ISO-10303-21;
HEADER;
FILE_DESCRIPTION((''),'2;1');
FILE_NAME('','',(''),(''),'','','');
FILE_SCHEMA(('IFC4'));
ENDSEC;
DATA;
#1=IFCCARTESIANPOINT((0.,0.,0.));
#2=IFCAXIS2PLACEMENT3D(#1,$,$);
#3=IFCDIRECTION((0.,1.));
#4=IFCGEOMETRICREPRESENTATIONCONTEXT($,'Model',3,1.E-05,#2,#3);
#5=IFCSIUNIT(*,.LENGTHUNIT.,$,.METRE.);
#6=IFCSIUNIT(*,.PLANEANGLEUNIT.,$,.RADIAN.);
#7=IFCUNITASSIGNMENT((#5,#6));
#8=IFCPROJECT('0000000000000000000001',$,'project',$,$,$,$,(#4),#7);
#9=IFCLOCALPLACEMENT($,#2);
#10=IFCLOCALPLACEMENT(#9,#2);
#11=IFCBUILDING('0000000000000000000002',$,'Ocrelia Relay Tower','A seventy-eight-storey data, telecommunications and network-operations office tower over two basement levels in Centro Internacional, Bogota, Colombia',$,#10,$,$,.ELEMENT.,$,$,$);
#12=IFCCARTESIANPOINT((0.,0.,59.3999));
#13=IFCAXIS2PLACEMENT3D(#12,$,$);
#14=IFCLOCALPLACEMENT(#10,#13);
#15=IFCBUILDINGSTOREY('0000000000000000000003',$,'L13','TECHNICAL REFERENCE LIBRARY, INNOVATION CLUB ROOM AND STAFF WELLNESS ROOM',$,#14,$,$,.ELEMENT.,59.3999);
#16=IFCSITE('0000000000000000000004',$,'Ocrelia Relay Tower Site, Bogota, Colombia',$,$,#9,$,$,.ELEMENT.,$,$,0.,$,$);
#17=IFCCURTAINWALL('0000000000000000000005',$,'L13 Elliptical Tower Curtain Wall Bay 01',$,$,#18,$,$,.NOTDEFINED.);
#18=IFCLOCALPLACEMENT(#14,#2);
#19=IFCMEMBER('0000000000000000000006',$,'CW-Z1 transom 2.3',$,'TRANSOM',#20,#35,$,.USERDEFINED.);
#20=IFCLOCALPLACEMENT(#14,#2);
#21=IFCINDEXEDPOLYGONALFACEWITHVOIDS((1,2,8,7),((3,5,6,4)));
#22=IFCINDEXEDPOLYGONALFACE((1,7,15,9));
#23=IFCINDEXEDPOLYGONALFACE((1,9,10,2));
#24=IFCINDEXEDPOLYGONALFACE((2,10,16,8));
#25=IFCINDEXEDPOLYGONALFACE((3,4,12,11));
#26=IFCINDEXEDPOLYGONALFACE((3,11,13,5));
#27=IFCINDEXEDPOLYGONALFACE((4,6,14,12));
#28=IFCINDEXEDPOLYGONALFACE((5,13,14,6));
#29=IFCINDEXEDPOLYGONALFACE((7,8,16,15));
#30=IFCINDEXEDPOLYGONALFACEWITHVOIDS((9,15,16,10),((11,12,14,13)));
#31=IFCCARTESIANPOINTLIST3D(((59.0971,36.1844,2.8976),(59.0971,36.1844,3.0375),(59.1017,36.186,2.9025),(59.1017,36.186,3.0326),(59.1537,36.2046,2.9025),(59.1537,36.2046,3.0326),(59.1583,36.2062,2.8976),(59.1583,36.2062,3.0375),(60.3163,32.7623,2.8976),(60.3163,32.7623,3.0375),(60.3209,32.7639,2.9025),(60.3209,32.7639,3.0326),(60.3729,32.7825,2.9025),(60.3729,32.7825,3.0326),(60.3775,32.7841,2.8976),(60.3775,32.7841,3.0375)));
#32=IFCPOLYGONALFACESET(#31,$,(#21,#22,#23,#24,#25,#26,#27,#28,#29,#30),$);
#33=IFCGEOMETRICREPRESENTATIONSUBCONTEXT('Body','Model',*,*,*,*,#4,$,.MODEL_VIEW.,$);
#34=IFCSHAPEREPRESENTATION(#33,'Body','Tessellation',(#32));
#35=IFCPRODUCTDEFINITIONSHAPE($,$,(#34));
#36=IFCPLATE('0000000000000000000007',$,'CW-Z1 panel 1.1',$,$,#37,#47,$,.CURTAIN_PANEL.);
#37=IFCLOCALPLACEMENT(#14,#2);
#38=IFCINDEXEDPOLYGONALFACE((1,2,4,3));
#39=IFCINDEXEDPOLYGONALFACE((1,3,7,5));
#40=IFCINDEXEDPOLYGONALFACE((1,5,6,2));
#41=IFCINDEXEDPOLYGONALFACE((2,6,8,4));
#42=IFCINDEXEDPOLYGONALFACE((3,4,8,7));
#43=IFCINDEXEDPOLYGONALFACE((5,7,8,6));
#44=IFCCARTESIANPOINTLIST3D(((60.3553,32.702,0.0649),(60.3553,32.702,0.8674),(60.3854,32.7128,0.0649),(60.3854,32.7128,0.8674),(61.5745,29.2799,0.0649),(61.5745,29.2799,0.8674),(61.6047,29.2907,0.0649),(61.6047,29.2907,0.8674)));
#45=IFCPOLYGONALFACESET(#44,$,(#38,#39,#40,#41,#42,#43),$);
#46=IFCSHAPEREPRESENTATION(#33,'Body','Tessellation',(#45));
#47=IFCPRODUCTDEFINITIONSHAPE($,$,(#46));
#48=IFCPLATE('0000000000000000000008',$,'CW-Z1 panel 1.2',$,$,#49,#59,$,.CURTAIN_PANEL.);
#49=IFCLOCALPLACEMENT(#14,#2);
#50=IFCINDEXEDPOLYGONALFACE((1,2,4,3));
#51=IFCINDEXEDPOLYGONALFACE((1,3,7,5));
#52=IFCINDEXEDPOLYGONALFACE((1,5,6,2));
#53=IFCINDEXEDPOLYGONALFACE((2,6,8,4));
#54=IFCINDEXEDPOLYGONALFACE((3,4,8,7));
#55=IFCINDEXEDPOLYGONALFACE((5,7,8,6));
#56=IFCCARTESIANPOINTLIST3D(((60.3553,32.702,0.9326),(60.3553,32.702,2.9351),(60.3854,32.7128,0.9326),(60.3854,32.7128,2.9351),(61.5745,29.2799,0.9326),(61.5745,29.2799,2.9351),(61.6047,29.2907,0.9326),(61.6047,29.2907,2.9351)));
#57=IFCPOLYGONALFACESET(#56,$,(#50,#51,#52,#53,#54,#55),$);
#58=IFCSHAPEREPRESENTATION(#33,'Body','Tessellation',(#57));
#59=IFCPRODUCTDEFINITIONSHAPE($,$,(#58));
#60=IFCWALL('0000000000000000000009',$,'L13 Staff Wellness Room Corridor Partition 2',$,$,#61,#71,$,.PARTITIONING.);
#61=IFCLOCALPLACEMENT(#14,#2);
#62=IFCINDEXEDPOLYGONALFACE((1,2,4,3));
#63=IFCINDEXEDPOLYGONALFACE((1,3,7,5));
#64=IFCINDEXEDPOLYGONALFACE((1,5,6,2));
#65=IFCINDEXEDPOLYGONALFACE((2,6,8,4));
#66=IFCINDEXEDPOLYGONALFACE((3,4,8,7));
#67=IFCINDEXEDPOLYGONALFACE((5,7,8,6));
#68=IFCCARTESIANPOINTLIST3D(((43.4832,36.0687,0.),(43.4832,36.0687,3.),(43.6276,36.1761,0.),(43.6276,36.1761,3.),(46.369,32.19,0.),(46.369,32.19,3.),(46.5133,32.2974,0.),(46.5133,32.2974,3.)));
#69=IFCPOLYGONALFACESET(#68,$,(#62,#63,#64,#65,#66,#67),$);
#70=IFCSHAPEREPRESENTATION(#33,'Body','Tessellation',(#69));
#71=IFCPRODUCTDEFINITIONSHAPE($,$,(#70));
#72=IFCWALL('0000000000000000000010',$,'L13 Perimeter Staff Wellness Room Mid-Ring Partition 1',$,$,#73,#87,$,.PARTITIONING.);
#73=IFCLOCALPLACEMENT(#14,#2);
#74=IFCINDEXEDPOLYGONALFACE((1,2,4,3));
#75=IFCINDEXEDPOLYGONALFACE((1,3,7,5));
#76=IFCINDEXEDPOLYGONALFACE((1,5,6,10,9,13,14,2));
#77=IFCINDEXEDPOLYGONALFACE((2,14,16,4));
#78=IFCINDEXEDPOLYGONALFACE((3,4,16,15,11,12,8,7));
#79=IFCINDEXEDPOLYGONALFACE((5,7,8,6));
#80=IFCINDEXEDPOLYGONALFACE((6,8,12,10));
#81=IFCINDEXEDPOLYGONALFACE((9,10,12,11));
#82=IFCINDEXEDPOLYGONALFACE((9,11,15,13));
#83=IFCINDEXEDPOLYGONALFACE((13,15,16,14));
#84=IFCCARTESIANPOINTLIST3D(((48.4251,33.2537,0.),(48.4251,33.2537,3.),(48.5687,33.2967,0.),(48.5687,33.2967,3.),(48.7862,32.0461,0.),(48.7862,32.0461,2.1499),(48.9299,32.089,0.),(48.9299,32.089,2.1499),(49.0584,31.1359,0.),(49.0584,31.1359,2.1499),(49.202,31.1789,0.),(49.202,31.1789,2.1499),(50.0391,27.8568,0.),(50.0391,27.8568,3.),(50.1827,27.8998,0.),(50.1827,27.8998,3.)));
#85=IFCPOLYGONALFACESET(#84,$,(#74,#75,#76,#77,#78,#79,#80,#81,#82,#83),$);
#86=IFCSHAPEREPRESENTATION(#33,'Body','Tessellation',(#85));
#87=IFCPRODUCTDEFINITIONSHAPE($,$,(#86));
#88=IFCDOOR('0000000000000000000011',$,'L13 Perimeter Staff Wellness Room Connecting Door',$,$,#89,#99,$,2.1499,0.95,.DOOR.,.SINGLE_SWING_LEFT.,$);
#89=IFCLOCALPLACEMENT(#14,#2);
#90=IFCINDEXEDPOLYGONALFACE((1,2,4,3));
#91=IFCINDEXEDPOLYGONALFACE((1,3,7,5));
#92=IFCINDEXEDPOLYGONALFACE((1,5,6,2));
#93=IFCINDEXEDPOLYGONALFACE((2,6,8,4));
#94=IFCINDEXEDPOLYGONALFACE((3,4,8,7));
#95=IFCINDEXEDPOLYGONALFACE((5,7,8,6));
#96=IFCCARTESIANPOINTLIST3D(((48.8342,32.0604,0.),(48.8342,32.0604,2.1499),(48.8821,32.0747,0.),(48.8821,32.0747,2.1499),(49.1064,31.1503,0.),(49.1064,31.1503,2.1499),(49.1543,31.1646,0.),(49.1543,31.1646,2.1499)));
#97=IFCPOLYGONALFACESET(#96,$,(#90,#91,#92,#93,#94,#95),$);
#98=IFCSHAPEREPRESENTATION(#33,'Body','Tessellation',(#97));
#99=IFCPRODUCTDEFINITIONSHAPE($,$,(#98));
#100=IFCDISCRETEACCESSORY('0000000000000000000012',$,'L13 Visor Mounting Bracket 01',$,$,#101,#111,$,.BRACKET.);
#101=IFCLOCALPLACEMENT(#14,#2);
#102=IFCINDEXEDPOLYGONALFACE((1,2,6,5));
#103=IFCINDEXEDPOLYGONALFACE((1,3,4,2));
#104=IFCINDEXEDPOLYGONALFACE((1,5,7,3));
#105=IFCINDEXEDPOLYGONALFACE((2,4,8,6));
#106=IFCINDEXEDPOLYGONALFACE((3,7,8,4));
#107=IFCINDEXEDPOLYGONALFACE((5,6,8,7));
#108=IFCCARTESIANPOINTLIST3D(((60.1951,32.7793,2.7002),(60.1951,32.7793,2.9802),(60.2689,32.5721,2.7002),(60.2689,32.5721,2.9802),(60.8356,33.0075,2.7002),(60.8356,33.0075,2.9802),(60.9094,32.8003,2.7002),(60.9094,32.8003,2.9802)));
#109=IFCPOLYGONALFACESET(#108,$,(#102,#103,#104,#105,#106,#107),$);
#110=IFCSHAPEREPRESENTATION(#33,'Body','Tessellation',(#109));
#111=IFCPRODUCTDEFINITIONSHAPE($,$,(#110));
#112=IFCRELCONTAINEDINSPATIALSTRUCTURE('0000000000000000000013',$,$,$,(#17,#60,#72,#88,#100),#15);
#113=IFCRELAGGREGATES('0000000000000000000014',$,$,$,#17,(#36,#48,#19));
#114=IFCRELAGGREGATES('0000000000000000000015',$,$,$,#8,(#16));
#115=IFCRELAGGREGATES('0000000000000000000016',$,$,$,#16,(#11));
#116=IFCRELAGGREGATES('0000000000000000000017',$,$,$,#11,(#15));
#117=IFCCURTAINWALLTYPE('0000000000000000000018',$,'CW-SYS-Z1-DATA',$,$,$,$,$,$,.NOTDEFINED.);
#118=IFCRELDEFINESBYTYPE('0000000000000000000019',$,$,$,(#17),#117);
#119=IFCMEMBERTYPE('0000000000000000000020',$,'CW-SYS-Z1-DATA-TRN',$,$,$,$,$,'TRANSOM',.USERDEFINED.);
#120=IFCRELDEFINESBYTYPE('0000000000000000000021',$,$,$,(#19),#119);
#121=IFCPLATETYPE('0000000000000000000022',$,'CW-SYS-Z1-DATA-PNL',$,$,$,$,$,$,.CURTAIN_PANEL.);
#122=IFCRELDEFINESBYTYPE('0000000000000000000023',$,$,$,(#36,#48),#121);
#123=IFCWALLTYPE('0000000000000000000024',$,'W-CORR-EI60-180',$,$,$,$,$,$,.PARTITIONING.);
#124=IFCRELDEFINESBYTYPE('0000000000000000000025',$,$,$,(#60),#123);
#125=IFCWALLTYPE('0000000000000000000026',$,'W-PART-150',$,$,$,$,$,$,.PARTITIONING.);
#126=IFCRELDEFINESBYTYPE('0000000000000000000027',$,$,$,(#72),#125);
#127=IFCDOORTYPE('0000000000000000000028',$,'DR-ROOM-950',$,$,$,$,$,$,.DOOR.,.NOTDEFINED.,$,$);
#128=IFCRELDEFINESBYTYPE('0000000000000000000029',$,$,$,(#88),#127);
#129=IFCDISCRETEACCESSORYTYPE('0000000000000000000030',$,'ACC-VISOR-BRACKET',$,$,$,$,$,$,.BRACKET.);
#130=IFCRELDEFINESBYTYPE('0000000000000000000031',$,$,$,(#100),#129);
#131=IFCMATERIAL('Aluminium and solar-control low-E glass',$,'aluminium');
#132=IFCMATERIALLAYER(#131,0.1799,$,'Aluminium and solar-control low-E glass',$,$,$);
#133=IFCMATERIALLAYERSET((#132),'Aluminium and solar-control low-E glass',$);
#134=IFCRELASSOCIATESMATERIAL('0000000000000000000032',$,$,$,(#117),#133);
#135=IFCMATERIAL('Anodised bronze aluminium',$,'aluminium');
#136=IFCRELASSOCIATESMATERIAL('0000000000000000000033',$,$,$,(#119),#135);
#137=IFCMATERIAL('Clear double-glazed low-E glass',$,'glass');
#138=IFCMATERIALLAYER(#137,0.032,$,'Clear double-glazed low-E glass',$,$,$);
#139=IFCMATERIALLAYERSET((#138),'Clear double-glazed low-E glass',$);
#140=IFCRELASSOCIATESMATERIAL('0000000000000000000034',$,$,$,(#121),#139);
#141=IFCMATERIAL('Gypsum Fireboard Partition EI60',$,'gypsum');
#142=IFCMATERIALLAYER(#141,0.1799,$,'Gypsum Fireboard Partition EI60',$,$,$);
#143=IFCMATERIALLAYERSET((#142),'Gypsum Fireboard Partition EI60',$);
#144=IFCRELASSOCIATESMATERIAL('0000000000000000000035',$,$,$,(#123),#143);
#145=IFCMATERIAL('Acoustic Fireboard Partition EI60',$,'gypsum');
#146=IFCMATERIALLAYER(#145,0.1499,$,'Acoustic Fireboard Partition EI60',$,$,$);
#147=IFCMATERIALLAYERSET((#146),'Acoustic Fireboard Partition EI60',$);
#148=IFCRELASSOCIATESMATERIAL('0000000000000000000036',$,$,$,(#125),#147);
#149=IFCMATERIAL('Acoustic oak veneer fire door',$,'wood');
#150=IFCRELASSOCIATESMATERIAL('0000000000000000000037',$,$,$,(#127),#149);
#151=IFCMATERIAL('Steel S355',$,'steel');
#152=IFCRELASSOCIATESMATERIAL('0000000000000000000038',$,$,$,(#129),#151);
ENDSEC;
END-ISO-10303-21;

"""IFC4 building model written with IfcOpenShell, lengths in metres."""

from ifc_helpers import new_model, si_unit, direction, frame, frame_2d, origin, origin_2d, place, context, subcontext, project, spatial, rectangle, hollow_rectangle, extrude, material, layer, layer_set, material_profile, profile_set, type_object, element, fill, aggregate, save


model = new_model("IFC4")

# Units and contexts
model_context = context("Model", 3, precision=1e-05, world=origin(), true_north=direction((0.0, 1.0)))
body_context = subcontext(model_context, "Body", "Model", "MODEL_VIEW")
ifc_project = project(units=[si_unit("LENGTHUNIT", "METRE"), si_unit("PLANEANGLEUNIT", "RADIAN")], contexts=[model_context])

# Site, building, storey
site_placement = place(None, origin())
site = spatial("IfcSite", under=ifc_project, at=site_placement, Name="Ocrelia Relay Tower Site, Bogota, Colombia", CompositionType="ELEMENT", RefElevation=0.0)
building_placement = place(site_placement, origin())
building = spatial("IfcBuilding", under=site, at=building_placement, Name="Ocrelia Relay Tower", Description="A seventy-eight-storey data, telecommunications and network-operations office tower over two basement levels in Centro Internacional, Bogota, Colombia", CompositionType="ELEMENT")
storey_placement = place(building_placement, frame((0.0, 0.0, 59.3999)))
storey = spatial("IfcBuildingStorey", under=building, at=storey_placement, Name="L13", Description="TECHNICAL REFERENCE LIBRARY, INNOVATION CLUB ROOM AND STAFF WELLNESS ROOM", CompositionType="ELEMENT", Elevation=59.3999)

# Shared definitions
ifc_material_1 = material(Name="Steel S355", Category="steel")

# Curtain wall
ifc_material_2 = material(Name="Aluminium and solar-control low-E glass", Category="aluminium")
ifc_layer_1 = layer(ifc_material_2, 0.1799, Name="Aluminium and solar-control low-E glass")
ifc_layer_set_1 = layer_set([ifc_layer_1], Name="Aluminium and solar-control low-E glass")
curtain_wall_type = type_object("IfcCurtainWallType", Name="CW-SYS-Z1-DATA", PredefinedType="NOTDEFINED", material=ifc_layer_set_1)
curtain_wall_1_placement = place(storey_placement, origin())
curtain_wall_1 = element("IfcCurtainWall", 1, at=curtain_wall_1_placement, inside=storey, type_object=curtain_wall_type, Name="L13 Elliptical Tower Curtain Wall Bay 01", PredefinedType="NOTDEFINED")
ifc_material_3 = material(Name="Anodised bronze aluminium", Category="aluminium")

# Member
ifc_material_profile_1 = material_profile(ifc_material_3, hollow_rectangle(XDim=0.0649, YDim=0.1399, WallThickness=0.0049, at=origin_2d()), Name="CW-TRN-140x65")
ifc_profile_set_1 = profile_set([ifc_material_profile_1], Name="Anodised bronze aluminium")
member_type_1 = type_object("IfcMemberType", Name="CW-SYS-Z1-DATA-TRN", ElementType="TRANSOM", PredefinedType="USERDEFINED", material=ifc_profile_set_1)
member_1_placement = place(storey_placement, frame((60.3469, 32.7732, 2.9675), z_axis=(-0.335617, 0.941999, 0.0), x_axis=(-0.941999, -0.335617, 0.0)))
member_1 = element("IfcMember", 2, at=member_1_placement, type_object=member_type_1, Name="CW-Z1 transom 2.3", ObjectType="TRANSOM", PredefinedType="USERDEFINED", context=body_context, shape_type="SweptSolid", body=[
    extrude(hollow_rectangle(XDim=0.0649, YDim=0.1399, WallThickness=0.0049, at=origin_2d()), origin(), (0.0, 0.0, 1.0), 3.6328),
])

# Plates
ifc_material_4 = material(Name="Clear double-glazed low-E glass", Category="glass")
ifc_layer_2 = layer(ifc_material_4, 0.032, Name="Clear double-glazed low-E glass")
ifc_layer_set_2 = layer_set([ifc_layer_2], Name="Clear double-glazed low-E glass")
plate_type = type_object("IfcPlateType", Name="CW-SYS-Z1-DATA-PNL", PredefinedType="CURTAIN_PANEL", material=ifc_layer_set_2)
plate_1_placement = place(storey_placement, frame((60.98, 30.9963, 0.0649), z_axis=(0.0, 0.0, 1.0), x_axis=(-0.335621, 0.941997, 0.0)))
plate_1 = element("IfcPlate", 3, at=plate_1_placement, type_object=plate_type, Name="CW-Z1 panel 1.1", PredefinedType="CURTAIN_PANEL", context=body_context, shape_type="SweptSolid", body=[
    extrude(rectangle(XDim=3.6328, YDim=0.032, at=origin_2d()), origin(), (0.0, 0.0, 1.0), 0.8025),
])
plate_2_placement = place(storey_placement, frame((60.98, 30.9963, 0.9326), z_axis=(0.0, 0.0, 1.0), x_axis=(-0.335621, 0.941997, 0.0)))
plate_2 = element("IfcPlate", 4, at=plate_2_placement, type_object=plate_type, Name="CW-Z1 panel 1.2", PredefinedType="CURTAIN_PANEL", context=body_context, shape_type="SweptSolid", body=[
    extrude(rectangle(XDim=3.6328, YDim=0.032, at=origin_2d()), origin(), (0.0, 0.0, 1.0), 2.0024),
])
aggregate(curtain_wall_1, [plate_1, plate_2, member_1])

# Shared definitions
ifc_material_5 = material(Name="Gypsum Fireboard Partition EI60", Category="gypsum")
ifc_layer_3 = layer(ifc_material_5, 0.1799, Name="Gypsum Fireboard Partition EI60")
ifc_layer_set_3 = layer_set([ifc_layer_3], Name="Gypsum Fireboard Partition EI60")
wall_type_1 = type_object("IfcWallType", Name="W-CORR-EI60-180", PredefinedType="PARTITIONING", material=ifc_layer_set_3)
ifc_material_6 = material(Name="Acoustic oak veneer fire door", Category="wood")

# Wall
wall_1_placement = place(storey_placement, frame((46.4412, 32.2437, 0.0), z_axis=(0.0, 0.0, 1.0), x_axis=(-0.596917, 0.802303, 0.0)))
element("IfcWall", 5, at=wall_1_placement, inside=storey, type_object=wall_type_1, Name="L13 Staff Wellness Room Corridor Partition 2", PredefinedType="PARTITIONING", context=body_context, shape_type="SweptSolid", body=[
    extrude(rectangle(XDim=4.8345, YDim=0.1799, at=frame_2d((2.4172, 0.0))), origin(), (0.0, 0.0, 1.0), 3.0),
])

# Wall, opening, door
ifc_material_7 = material(Name="Acoustic Fireboard Partition EI60", Category="gypsum")
ifc_layer_4 = layer(ifc_material_7, 0.1499, Name="Acoustic Fireboard Partition EI60")
ifc_layer_set_4 = layer_set([ifc_layer_4], Name="Acoustic Fireboard Partition EI60")
wall_type_2 = type_object("IfcWallType", Name="W-PART-150", PredefinedType="PARTITIONING", material=ifc_layer_set_4)
wall_2_placement = place(storey_placement, frame((50.1108, 27.8784, 0.0), z_axis=(0.0, 0.0, 1.0), x_axis=(-0.286521, 0.958074, 0.0)))
wall_2 = element("IfcWall", 6, at=wall_2_placement, inside=storey, type_object=wall_type_2, Name="L13 Perimeter Staff Wellness Room Mid-Ring Partition 1", PredefinedType="PARTITIONING", context=body_context, shape_type="SweptSolid", body=[
    extrude(rectangle(XDim=5.6331, YDim=0.1499, at=frame_2d((2.8164, 0.0))), origin(), (0.0, 0.0, 1.0), 3.0),
])
opening_1_placement = place(wall_2_placement, frame((3.4224, 0.0, 0.0)))
opening_1 = element("IfcOpeningElement", 7, at=opening_1_placement, cuts=wall_2, PredefinedType="OPENING", context=body_context, shape_type="SweptSolid", body=[
    extrude(rectangle(XDim=0.95, YDim=2.1499, at=frame_2d((0.4751, 1.075))), frame((0.0, 0.085, 0.0), z_axis=(0.0, -1.0, 0.0), x_axis=(1.0, 0.0, 0.0)), (0.0, 0.0, 1.0), 0.1699),
])
door_type_1 = type_object("IfcDoorType", Name="DR-ROOM-950", OperationType="NOTDEFINED", PredefinedType="DOOR", material=ifc_material_6)
door_1_placement = place(opening_1_placement, origin())
door_1 = element("IfcDoor", 8, at=door_1_placement, inside=storey, type_object=door_type_1, Name="L13 Perimeter Staff Wellness Room Connecting Door", OperationType="SINGLE_SWING_LEFT", OverallHeight=2.1499, OverallWidth=0.95, PredefinedType="DOOR", context=body_context, shape_type="SweptSolid", body=[
    extrude(rectangle(XDim=0.95, YDim=2.1499, at=frame_2d((0.4751, 1.075))), frame((0.0, 0.0249, 0.0), z_axis=(0.0, -1.0, 0.0), x_axis=(1.0, 0.0, 0.0)), (0.0, 0.0, 1.0), 0.05),
])
fill(opening_1, door_1)

# Discrete accessory
discrete_accessory_type = type_object("IfcDiscreteAccessoryType", Name="ACC-VISOR-BRACKET", PredefinedType="BRACKET", material=ifc_material_1)
discrete_accessory_placement = place(storey_placement, frame((60.5522, 32.7898, 2.7002), z_axis=(0.0, 0.0, 1.0), x_axis=(-0.335621, 0.941997, 0.0)))
element("IfcDiscreteAccessory", 9, at=discrete_accessory_placement, inside=storey, type_object=discrete_accessory_type, Name="L13 Visor Mounting Bracket 01", PredefinedType="BRACKET", context=body_context, shape_type="SweptSolid", body=[
    extrude(rectangle(XDim=0.22, YDim=0.6799, at=origin_2d()), origin(), (0.0, 0.0, 1.0), 0.28),
])

save(model, "model.ifc")
